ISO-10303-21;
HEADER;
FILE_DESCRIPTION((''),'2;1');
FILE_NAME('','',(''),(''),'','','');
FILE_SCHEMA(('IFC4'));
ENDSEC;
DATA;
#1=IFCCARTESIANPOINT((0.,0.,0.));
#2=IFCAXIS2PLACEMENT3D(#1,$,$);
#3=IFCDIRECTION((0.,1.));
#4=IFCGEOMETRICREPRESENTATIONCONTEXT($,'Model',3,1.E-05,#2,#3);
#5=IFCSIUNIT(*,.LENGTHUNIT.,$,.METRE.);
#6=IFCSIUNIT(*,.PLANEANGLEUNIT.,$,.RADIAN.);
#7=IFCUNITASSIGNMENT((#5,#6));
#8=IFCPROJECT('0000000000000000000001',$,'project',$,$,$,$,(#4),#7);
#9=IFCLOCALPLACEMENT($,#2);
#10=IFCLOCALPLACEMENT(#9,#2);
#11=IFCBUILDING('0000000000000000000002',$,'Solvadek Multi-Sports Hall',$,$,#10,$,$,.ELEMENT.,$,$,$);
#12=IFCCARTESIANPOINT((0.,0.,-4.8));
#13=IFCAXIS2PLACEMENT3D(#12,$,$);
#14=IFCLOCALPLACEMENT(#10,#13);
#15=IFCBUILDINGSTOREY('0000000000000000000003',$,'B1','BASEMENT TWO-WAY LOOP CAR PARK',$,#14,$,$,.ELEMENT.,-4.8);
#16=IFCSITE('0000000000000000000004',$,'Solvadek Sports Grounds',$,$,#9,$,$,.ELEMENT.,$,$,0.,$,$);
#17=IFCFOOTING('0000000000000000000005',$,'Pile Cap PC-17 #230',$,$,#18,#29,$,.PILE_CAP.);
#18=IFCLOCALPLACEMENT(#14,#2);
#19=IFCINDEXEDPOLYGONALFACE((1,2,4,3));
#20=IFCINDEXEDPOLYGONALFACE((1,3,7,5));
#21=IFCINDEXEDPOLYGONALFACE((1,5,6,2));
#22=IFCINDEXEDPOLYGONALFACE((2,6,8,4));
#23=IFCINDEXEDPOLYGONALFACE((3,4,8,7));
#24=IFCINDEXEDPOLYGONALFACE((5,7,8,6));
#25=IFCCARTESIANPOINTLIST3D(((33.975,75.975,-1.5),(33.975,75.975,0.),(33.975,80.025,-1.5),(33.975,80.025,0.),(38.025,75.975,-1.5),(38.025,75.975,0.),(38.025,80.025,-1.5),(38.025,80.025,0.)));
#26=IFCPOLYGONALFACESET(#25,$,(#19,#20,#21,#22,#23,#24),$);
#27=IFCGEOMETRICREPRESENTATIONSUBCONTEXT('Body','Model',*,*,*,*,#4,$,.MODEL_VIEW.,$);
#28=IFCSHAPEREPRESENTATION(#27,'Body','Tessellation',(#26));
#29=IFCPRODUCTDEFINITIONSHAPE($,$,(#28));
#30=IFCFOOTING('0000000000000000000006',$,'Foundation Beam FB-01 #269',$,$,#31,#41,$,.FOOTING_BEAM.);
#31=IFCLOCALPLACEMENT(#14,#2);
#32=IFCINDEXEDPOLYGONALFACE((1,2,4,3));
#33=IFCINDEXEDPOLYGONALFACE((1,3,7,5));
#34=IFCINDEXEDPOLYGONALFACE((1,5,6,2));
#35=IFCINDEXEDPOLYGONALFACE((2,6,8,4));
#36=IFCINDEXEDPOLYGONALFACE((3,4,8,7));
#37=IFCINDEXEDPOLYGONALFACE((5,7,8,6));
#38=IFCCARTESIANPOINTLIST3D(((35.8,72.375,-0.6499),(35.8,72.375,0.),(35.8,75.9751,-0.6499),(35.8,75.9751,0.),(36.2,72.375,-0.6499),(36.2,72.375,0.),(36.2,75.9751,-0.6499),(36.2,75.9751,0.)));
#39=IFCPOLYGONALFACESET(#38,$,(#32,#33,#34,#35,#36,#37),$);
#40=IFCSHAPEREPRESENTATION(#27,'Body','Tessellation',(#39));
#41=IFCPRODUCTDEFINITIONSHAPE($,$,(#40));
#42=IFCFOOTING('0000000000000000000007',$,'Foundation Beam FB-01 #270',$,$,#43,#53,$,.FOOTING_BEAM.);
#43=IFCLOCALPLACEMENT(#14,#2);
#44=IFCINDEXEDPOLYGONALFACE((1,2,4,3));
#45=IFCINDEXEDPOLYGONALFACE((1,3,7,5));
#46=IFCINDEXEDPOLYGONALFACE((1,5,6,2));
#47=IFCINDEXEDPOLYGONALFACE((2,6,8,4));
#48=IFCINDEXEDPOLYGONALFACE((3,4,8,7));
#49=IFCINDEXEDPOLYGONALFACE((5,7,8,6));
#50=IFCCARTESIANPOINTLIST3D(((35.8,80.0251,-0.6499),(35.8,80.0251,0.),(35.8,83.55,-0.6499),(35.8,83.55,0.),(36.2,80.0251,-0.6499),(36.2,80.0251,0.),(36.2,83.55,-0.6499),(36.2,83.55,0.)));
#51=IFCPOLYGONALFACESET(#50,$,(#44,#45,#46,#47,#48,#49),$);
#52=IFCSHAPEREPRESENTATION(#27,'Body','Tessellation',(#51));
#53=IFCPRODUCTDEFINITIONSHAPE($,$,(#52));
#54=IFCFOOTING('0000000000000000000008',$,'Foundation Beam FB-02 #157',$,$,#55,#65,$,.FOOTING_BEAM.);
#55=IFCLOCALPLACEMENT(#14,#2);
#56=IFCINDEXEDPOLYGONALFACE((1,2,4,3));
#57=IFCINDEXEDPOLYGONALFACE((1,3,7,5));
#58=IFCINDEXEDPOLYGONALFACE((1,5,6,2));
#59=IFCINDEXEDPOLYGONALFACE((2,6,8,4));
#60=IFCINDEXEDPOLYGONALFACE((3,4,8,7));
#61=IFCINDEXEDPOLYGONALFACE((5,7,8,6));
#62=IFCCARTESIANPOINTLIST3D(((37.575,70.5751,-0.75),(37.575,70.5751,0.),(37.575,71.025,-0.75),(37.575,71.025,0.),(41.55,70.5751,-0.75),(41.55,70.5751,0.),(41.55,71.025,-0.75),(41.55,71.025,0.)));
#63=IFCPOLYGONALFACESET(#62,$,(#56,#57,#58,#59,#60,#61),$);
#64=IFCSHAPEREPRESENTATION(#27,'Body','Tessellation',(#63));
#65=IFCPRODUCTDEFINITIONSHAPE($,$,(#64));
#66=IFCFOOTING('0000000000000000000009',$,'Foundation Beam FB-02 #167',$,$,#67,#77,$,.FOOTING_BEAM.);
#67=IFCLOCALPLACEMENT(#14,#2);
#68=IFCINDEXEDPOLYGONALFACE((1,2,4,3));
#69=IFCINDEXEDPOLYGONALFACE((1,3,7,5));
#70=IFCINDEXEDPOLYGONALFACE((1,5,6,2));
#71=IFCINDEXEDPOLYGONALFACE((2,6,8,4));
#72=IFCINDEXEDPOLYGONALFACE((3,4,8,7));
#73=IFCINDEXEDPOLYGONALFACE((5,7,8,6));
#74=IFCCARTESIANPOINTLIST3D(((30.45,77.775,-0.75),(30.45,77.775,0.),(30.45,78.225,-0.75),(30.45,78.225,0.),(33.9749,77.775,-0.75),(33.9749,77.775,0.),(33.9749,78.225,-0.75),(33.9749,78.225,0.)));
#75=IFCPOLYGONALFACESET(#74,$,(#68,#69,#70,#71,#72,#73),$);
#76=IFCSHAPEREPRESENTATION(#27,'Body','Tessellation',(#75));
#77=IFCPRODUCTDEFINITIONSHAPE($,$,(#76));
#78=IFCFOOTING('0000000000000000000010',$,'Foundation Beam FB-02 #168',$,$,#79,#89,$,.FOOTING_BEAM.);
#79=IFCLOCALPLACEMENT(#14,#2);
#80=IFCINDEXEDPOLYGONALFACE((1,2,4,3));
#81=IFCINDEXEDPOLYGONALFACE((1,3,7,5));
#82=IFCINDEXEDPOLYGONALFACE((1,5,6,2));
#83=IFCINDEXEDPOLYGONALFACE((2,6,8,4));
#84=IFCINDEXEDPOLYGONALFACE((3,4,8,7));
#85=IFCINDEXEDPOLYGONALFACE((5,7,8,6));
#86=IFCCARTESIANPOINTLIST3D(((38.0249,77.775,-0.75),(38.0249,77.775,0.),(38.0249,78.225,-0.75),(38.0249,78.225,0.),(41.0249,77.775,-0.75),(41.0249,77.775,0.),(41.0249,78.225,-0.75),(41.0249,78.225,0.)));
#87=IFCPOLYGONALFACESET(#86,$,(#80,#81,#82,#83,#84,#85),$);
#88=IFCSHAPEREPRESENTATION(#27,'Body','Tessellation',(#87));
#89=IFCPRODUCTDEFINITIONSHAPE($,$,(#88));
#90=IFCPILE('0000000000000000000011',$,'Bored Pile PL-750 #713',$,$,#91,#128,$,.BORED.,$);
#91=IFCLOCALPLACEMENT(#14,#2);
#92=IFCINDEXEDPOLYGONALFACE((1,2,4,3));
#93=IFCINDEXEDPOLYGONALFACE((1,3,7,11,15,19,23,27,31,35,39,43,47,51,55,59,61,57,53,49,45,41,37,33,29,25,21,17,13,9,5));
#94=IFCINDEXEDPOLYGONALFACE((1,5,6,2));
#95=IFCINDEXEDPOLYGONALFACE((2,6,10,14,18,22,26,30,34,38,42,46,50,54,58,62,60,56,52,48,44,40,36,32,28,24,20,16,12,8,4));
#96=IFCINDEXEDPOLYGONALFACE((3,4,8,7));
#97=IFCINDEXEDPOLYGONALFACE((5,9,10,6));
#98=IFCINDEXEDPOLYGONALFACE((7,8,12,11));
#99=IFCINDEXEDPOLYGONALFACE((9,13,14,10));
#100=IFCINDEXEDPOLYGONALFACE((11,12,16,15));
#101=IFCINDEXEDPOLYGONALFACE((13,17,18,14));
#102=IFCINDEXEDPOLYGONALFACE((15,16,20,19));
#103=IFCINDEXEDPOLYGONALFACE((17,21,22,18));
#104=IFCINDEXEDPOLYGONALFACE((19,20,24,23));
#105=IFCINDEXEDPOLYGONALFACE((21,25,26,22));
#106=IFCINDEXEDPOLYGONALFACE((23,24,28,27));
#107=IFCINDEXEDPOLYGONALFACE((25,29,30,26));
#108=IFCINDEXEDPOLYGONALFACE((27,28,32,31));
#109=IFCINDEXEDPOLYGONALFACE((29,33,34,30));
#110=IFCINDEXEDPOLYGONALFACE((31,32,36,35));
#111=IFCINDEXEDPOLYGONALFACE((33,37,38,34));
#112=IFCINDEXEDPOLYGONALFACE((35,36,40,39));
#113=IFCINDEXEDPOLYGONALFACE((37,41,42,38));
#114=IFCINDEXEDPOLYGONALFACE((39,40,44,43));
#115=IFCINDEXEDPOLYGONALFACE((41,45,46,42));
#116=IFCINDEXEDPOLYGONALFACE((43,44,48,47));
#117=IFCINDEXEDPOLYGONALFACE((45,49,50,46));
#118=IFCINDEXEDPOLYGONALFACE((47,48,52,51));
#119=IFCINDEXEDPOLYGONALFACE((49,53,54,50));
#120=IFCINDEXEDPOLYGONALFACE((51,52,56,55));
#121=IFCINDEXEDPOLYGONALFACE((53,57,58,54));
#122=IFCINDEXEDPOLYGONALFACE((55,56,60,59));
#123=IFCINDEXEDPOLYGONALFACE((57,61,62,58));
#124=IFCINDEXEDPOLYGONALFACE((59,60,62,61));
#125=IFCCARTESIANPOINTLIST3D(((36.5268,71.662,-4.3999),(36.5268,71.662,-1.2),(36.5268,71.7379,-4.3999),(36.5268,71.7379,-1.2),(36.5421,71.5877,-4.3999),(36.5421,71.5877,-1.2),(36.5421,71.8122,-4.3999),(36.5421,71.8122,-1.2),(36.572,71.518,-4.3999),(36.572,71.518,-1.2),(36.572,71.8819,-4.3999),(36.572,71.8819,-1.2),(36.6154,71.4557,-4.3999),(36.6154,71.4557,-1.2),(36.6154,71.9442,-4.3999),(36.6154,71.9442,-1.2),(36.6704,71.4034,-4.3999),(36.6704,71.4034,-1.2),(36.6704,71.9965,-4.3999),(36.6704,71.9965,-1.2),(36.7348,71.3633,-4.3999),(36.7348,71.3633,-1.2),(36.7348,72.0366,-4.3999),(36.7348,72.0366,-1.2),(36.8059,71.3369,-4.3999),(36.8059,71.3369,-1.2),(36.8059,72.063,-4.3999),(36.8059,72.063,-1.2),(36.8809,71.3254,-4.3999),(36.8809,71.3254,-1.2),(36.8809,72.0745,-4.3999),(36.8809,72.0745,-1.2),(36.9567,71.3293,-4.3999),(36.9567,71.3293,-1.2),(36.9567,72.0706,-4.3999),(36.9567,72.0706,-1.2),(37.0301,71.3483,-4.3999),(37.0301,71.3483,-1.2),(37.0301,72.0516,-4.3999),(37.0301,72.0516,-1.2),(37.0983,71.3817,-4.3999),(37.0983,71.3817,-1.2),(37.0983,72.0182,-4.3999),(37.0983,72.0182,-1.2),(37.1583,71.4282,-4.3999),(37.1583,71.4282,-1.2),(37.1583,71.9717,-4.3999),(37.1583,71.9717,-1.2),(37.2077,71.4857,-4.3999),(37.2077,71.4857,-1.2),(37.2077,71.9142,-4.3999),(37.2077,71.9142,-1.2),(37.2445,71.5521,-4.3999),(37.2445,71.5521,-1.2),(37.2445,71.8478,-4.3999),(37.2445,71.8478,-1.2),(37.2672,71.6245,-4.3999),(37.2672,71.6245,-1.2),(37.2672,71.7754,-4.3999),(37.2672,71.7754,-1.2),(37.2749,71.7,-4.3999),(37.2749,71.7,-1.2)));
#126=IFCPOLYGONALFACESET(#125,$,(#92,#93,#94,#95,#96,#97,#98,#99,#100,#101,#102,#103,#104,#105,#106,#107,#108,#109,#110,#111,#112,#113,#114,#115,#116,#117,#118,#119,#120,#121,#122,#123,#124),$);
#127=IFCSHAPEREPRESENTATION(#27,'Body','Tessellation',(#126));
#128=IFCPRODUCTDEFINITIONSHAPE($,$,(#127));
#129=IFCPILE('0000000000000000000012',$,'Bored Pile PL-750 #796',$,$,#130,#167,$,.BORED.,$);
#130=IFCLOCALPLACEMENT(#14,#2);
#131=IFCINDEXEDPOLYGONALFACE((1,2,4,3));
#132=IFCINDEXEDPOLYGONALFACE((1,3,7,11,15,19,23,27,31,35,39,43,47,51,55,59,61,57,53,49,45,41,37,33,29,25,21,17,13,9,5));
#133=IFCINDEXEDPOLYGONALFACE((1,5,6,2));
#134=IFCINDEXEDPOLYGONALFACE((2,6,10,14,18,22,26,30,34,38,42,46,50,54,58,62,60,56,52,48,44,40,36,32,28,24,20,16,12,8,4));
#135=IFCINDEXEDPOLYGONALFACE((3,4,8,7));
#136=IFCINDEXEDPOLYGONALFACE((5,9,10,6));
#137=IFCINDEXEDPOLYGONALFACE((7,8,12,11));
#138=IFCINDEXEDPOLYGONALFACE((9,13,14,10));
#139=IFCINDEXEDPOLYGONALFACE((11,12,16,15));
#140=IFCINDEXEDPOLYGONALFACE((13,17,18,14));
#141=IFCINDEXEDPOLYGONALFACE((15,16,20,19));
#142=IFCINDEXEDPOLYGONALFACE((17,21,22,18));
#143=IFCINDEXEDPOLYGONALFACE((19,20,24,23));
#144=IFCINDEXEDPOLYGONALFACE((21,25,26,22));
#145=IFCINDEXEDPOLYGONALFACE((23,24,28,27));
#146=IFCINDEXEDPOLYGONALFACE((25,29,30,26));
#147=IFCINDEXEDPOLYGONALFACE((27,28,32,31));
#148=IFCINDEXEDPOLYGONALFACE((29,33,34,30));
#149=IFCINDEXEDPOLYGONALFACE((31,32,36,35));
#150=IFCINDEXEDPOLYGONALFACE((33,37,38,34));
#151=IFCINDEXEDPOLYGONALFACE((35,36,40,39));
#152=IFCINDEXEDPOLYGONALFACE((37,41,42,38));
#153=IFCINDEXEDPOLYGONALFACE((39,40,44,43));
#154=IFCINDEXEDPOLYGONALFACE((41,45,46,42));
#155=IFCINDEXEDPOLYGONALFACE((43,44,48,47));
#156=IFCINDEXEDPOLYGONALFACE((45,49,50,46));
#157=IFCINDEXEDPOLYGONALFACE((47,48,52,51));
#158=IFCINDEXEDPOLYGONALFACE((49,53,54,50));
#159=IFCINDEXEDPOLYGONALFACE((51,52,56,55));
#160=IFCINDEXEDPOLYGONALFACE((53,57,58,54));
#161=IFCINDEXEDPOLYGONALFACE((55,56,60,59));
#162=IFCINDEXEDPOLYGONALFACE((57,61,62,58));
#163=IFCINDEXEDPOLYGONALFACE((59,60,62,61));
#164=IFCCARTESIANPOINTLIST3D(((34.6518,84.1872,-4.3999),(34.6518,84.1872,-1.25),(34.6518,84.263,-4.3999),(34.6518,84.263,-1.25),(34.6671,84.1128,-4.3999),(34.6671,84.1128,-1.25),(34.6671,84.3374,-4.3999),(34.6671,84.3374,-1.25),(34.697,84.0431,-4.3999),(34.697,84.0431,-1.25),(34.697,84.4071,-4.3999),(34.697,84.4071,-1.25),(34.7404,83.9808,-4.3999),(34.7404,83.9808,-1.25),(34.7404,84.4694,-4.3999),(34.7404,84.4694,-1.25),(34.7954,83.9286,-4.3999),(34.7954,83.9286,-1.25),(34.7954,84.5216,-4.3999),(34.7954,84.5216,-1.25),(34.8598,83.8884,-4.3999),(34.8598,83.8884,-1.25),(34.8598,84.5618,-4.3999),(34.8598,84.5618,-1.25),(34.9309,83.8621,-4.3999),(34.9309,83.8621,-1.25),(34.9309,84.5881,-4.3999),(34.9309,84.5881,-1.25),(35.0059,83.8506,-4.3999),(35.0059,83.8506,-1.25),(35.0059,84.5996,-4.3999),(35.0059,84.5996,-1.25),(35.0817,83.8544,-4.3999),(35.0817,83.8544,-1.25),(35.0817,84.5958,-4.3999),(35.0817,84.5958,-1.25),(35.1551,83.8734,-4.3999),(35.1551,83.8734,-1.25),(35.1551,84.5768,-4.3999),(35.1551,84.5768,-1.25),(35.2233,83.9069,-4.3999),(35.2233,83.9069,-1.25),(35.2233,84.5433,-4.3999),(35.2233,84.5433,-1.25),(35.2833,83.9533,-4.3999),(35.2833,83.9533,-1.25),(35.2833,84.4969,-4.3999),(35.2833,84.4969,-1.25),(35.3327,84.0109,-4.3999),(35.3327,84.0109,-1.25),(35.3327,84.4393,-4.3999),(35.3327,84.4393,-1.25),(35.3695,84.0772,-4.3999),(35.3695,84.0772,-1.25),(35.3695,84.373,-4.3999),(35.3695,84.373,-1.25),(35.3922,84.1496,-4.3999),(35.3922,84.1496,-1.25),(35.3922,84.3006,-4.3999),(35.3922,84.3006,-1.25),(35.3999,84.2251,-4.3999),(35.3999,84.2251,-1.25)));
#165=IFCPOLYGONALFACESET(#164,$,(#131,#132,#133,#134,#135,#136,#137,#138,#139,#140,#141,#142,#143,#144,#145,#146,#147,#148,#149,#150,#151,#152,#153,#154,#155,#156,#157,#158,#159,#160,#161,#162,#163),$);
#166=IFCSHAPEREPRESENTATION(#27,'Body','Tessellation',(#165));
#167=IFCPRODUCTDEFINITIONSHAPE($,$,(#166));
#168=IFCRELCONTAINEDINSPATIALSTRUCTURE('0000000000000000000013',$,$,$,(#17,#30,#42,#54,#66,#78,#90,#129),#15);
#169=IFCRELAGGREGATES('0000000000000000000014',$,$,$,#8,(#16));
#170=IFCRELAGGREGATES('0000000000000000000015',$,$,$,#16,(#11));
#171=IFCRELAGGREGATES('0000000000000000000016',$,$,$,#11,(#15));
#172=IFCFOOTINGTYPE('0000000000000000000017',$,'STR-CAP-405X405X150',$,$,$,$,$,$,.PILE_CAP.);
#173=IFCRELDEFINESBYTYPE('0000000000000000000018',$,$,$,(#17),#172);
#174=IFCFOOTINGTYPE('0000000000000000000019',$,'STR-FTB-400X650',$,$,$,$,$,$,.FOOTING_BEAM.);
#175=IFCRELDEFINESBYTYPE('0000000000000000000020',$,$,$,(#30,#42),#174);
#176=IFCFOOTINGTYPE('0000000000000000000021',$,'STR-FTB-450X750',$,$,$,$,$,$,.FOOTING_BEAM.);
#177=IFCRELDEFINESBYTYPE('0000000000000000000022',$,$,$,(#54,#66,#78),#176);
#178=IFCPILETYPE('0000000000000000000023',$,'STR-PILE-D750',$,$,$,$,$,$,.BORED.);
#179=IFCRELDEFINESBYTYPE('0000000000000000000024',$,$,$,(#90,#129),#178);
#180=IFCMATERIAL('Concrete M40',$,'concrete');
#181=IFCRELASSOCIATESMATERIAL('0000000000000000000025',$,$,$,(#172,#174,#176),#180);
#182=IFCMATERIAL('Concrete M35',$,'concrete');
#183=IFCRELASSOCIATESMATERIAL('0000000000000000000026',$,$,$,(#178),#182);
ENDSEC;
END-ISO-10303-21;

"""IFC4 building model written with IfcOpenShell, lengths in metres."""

from ifc_helpers import new_model, si_unit, direction, frame, origin, origin_2d, place, context, subcontext, project, spatial, rectangle, circle, extrude, material, material_profile, profile_set, type_object, element, save


model = new_model("IFC4")

# Units and contexts
model_context = context("Model", 3, precision=1e-05, world=origin(), true_north=direction((0.0, 1.0)))
body_context = subcontext(model_context, "Body", "Model", "MODEL_VIEW")
ifc_project = project(units=[si_unit("LENGTHUNIT", "METRE"), si_unit("PLANEANGLEUNIT", "RADIAN")], contexts=[model_context])

# Site, building, storey
site_placement = place(None, origin())
site = spatial("IfcSite", under=ifc_project, at=site_placement, Name="Solvadek Sports Grounds", CompositionType="ELEMENT", RefElevation=0.0)
building_placement = place(site_placement, origin())
building = spatial("IfcBuilding", under=site, at=building_placement, Name="Solvadek Multi-Sports Hall", CompositionType="ELEMENT")
storey_placement = place(building_placement, frame((0.0, 0.0, -4.8)))
storey = spatial("IfcBuildingStorey", under=building, at=storey_placement, Name="B1", Description="BASEMENT TWO-WAY LOOP CAR PARK", CompositionType="ELEMENT", Elevation=-4.8)

# Footings
ifc_material_1 = material(Name="Concrete M40", Category="concrete")
footing_type_1 = type_object("IfcFootingType", Name="STR-CAP-405X405X150", PredefinedType="PILE_CAP", material=ifc_material_1)
footing_1_placement = place(storey_placement, frame((36.0, 78.0, -1.5), z_axis=(0.0, 0.0, 1.0), x_axis=(1.0, 0.0, 0.0)))
element("IfcFooting", 1, at=footing_1_placement, inside=storey, type_object=footing_type_1, Name="Pile Cap PC-17 #230", PredefinedType="PILE_CAP", context=body_context, shape_type="SweptSolid", body=[
    extrude(rectangle(XDim=4.05, YDim=4.05, at=origin_2d()), origin(), (0.0, 0.0, 1.0), 1.5),
])
footing_type_2 = type_object("IfcFootingType", Name="STR-FTB-400X650", PredefinedType="FOOTING_BEAM", material=ifc_material_1)
footing_2_placement = place(storey_placement, frame((36.0, 74.175, -0.6499), z_axis=(0.0, 0.0, 1.0), x_axis=(0.0, 1.0, 0.0)))
element("IfcFooting", 2, at=footing_2_placement, inside=storey, type_object=footing_type_2, Name="Foundation Beam FB-01 #269", PredefinedType="FOOTING_BEAM", context=body_context, shape_type="SweptSolid", body=[
    extrude(rectangle(XDim=3.6001, YDim=0.3999, at=origin_2d()), origin(), (0.0, 0.0, 1.0), 0.6499),
])
footing_3_placement = place(storey_placement, frame((36.0, 81.7876, -0.6499), z_axis=(0.0, 0.0, 1.0), x_axis=(0.0, 1.0, 0.0)))
element("IfcFooting", 3, at=footing_3_placement, inside=storey, type_object=footing_type_2, Name="Foundation Beam FB-01 #270", PredefinedType="FOOTING_BEAM", context=body_context, shape_type="SweptSolid", body=[
    extrude(rectangle(XDim=3.5249, YDim=0.3999, at=origin_2d()), origin(), (0.0, 0.0, 1.0), 0.6499),
])
footing_type_3 = type_object("IfcFootingType", Name="STR-FTB-450X750", PredefinedType="FOOTING_BEAM", material=ifc_material_1)
footing_4_placement = place(storey_placement, frame((39.5625, 70.8, -0.75), z_axis=(0.0, 0.0, 1.0), x_axis=(1.0, 0.0, 0.0)))
element("IfcFooting", 4, at=footing_4_placement, inside=storey, type_object=footing_type_3, Name="Foundation Beam FB-02 #157", PredefinedType="FOOTING_BEAM", context=body_context, shape_type="SweptSolid", body=[
    extrude(rectangle(XDim=3.9751, YDim=0.45, at=origin_2d()), origin(), (0.0, 0.0, 1.0), 0.75),
])
footing_5_placement = place(storey_placement, frame((32.2124, 78.0, -0.75), z_axis=(0.0, 0.0, 1.0), x_axis=(1.0, 0.0, 0.0)))
element("IfcFooting", 5, at=footing_5_placement, inside=storey, type_object=footing_type_3, Name="Foundation Beam FB-02 #167", PredefinedType="FOOTING_BEAM", context=body_context, shape_type="SweptSolid", body=[
    extrude(rectangle(XDim=3.5249, YDim=0.45, at=origin_2d()), origin(), (0.0, 0.0, 1.0), 0.75),
])
footing_6_placement = place(storey_placement, frame((39.5249, 78.0, -0.75), z_axis=(0.0, 0.0, 1.0), x_axis=(1.0, 0.0, 0.0)))
element("IfcFooting", 6, at=footing_6_placement, inside=storey, type_object=footing_type_3, Name="Foundation Beam FB-02 #168", PredefinedType="FOOTING_BEAM", context=body_context, shape_type="SweptSolid", body=[
    extrude(rectangle(XDim=3.0, YDim=0.45, at=origin_2d()), origin(), (0.0, 0.0, 1.0), 0.75),
])

# Piles
ifc_material_2 = material(Name="Concrete M35", Category="concrete")
ifc_material_profile_1 = material_profile(ifc_material_2, circle(Radius=0.375, at=origin_2d()), Name="BORED PILE D750")
ifc_profile_set_1 = profile_set([ifc_material_profile_1], Name="Concrete M35")
pile_type_1 = type_object("IfcPileType", Name="STR-PILE-D750", PredefinedType="BORED", material=ifc_profile_set_1)
pile_placement = place(storey_placement, frame((36.8999, 71.7, -1.2), z_axis=(0.0, 0.0, -1.0), x_axis=(1.0, 0.0, 0.0)))
element("IfcPile", 7, at=pile_placement, inside=storey, type_object=pile_type_1, Name="Bored Pile PL-750 #713", PredefinedType="BORED", context=body_context, shape_type="SweptSolid", body=[
    extrude(circle(Radius=0.375, at=origin_2d()), origin(), (0.0, 0.0, 1.0), 3.2),
])
for number, where, z_axis, x_axis, name in (
    (8, (35.0249, 84.2251, -1.25), (0.0, 0.0, -1.0), (1.0, 0.0, 0.0), "Bored Pile PL-750 #796"),
):
    element("IfcPile", number, at=place(storey_placement, frame(where, z_axis=z_axis, x_axis=x_axis)), inside=storey, type_object=pile_type_1, Name=name, PredefinedType="BORED", context=body_context, shape_type="SweptSolid", body=[
        extrude(circle(Radius=0.375, at=origin_2d()), origin(), (0.0, 0.0, 1.0), 3.1499),
    ])

save(model, "model.ifc")
